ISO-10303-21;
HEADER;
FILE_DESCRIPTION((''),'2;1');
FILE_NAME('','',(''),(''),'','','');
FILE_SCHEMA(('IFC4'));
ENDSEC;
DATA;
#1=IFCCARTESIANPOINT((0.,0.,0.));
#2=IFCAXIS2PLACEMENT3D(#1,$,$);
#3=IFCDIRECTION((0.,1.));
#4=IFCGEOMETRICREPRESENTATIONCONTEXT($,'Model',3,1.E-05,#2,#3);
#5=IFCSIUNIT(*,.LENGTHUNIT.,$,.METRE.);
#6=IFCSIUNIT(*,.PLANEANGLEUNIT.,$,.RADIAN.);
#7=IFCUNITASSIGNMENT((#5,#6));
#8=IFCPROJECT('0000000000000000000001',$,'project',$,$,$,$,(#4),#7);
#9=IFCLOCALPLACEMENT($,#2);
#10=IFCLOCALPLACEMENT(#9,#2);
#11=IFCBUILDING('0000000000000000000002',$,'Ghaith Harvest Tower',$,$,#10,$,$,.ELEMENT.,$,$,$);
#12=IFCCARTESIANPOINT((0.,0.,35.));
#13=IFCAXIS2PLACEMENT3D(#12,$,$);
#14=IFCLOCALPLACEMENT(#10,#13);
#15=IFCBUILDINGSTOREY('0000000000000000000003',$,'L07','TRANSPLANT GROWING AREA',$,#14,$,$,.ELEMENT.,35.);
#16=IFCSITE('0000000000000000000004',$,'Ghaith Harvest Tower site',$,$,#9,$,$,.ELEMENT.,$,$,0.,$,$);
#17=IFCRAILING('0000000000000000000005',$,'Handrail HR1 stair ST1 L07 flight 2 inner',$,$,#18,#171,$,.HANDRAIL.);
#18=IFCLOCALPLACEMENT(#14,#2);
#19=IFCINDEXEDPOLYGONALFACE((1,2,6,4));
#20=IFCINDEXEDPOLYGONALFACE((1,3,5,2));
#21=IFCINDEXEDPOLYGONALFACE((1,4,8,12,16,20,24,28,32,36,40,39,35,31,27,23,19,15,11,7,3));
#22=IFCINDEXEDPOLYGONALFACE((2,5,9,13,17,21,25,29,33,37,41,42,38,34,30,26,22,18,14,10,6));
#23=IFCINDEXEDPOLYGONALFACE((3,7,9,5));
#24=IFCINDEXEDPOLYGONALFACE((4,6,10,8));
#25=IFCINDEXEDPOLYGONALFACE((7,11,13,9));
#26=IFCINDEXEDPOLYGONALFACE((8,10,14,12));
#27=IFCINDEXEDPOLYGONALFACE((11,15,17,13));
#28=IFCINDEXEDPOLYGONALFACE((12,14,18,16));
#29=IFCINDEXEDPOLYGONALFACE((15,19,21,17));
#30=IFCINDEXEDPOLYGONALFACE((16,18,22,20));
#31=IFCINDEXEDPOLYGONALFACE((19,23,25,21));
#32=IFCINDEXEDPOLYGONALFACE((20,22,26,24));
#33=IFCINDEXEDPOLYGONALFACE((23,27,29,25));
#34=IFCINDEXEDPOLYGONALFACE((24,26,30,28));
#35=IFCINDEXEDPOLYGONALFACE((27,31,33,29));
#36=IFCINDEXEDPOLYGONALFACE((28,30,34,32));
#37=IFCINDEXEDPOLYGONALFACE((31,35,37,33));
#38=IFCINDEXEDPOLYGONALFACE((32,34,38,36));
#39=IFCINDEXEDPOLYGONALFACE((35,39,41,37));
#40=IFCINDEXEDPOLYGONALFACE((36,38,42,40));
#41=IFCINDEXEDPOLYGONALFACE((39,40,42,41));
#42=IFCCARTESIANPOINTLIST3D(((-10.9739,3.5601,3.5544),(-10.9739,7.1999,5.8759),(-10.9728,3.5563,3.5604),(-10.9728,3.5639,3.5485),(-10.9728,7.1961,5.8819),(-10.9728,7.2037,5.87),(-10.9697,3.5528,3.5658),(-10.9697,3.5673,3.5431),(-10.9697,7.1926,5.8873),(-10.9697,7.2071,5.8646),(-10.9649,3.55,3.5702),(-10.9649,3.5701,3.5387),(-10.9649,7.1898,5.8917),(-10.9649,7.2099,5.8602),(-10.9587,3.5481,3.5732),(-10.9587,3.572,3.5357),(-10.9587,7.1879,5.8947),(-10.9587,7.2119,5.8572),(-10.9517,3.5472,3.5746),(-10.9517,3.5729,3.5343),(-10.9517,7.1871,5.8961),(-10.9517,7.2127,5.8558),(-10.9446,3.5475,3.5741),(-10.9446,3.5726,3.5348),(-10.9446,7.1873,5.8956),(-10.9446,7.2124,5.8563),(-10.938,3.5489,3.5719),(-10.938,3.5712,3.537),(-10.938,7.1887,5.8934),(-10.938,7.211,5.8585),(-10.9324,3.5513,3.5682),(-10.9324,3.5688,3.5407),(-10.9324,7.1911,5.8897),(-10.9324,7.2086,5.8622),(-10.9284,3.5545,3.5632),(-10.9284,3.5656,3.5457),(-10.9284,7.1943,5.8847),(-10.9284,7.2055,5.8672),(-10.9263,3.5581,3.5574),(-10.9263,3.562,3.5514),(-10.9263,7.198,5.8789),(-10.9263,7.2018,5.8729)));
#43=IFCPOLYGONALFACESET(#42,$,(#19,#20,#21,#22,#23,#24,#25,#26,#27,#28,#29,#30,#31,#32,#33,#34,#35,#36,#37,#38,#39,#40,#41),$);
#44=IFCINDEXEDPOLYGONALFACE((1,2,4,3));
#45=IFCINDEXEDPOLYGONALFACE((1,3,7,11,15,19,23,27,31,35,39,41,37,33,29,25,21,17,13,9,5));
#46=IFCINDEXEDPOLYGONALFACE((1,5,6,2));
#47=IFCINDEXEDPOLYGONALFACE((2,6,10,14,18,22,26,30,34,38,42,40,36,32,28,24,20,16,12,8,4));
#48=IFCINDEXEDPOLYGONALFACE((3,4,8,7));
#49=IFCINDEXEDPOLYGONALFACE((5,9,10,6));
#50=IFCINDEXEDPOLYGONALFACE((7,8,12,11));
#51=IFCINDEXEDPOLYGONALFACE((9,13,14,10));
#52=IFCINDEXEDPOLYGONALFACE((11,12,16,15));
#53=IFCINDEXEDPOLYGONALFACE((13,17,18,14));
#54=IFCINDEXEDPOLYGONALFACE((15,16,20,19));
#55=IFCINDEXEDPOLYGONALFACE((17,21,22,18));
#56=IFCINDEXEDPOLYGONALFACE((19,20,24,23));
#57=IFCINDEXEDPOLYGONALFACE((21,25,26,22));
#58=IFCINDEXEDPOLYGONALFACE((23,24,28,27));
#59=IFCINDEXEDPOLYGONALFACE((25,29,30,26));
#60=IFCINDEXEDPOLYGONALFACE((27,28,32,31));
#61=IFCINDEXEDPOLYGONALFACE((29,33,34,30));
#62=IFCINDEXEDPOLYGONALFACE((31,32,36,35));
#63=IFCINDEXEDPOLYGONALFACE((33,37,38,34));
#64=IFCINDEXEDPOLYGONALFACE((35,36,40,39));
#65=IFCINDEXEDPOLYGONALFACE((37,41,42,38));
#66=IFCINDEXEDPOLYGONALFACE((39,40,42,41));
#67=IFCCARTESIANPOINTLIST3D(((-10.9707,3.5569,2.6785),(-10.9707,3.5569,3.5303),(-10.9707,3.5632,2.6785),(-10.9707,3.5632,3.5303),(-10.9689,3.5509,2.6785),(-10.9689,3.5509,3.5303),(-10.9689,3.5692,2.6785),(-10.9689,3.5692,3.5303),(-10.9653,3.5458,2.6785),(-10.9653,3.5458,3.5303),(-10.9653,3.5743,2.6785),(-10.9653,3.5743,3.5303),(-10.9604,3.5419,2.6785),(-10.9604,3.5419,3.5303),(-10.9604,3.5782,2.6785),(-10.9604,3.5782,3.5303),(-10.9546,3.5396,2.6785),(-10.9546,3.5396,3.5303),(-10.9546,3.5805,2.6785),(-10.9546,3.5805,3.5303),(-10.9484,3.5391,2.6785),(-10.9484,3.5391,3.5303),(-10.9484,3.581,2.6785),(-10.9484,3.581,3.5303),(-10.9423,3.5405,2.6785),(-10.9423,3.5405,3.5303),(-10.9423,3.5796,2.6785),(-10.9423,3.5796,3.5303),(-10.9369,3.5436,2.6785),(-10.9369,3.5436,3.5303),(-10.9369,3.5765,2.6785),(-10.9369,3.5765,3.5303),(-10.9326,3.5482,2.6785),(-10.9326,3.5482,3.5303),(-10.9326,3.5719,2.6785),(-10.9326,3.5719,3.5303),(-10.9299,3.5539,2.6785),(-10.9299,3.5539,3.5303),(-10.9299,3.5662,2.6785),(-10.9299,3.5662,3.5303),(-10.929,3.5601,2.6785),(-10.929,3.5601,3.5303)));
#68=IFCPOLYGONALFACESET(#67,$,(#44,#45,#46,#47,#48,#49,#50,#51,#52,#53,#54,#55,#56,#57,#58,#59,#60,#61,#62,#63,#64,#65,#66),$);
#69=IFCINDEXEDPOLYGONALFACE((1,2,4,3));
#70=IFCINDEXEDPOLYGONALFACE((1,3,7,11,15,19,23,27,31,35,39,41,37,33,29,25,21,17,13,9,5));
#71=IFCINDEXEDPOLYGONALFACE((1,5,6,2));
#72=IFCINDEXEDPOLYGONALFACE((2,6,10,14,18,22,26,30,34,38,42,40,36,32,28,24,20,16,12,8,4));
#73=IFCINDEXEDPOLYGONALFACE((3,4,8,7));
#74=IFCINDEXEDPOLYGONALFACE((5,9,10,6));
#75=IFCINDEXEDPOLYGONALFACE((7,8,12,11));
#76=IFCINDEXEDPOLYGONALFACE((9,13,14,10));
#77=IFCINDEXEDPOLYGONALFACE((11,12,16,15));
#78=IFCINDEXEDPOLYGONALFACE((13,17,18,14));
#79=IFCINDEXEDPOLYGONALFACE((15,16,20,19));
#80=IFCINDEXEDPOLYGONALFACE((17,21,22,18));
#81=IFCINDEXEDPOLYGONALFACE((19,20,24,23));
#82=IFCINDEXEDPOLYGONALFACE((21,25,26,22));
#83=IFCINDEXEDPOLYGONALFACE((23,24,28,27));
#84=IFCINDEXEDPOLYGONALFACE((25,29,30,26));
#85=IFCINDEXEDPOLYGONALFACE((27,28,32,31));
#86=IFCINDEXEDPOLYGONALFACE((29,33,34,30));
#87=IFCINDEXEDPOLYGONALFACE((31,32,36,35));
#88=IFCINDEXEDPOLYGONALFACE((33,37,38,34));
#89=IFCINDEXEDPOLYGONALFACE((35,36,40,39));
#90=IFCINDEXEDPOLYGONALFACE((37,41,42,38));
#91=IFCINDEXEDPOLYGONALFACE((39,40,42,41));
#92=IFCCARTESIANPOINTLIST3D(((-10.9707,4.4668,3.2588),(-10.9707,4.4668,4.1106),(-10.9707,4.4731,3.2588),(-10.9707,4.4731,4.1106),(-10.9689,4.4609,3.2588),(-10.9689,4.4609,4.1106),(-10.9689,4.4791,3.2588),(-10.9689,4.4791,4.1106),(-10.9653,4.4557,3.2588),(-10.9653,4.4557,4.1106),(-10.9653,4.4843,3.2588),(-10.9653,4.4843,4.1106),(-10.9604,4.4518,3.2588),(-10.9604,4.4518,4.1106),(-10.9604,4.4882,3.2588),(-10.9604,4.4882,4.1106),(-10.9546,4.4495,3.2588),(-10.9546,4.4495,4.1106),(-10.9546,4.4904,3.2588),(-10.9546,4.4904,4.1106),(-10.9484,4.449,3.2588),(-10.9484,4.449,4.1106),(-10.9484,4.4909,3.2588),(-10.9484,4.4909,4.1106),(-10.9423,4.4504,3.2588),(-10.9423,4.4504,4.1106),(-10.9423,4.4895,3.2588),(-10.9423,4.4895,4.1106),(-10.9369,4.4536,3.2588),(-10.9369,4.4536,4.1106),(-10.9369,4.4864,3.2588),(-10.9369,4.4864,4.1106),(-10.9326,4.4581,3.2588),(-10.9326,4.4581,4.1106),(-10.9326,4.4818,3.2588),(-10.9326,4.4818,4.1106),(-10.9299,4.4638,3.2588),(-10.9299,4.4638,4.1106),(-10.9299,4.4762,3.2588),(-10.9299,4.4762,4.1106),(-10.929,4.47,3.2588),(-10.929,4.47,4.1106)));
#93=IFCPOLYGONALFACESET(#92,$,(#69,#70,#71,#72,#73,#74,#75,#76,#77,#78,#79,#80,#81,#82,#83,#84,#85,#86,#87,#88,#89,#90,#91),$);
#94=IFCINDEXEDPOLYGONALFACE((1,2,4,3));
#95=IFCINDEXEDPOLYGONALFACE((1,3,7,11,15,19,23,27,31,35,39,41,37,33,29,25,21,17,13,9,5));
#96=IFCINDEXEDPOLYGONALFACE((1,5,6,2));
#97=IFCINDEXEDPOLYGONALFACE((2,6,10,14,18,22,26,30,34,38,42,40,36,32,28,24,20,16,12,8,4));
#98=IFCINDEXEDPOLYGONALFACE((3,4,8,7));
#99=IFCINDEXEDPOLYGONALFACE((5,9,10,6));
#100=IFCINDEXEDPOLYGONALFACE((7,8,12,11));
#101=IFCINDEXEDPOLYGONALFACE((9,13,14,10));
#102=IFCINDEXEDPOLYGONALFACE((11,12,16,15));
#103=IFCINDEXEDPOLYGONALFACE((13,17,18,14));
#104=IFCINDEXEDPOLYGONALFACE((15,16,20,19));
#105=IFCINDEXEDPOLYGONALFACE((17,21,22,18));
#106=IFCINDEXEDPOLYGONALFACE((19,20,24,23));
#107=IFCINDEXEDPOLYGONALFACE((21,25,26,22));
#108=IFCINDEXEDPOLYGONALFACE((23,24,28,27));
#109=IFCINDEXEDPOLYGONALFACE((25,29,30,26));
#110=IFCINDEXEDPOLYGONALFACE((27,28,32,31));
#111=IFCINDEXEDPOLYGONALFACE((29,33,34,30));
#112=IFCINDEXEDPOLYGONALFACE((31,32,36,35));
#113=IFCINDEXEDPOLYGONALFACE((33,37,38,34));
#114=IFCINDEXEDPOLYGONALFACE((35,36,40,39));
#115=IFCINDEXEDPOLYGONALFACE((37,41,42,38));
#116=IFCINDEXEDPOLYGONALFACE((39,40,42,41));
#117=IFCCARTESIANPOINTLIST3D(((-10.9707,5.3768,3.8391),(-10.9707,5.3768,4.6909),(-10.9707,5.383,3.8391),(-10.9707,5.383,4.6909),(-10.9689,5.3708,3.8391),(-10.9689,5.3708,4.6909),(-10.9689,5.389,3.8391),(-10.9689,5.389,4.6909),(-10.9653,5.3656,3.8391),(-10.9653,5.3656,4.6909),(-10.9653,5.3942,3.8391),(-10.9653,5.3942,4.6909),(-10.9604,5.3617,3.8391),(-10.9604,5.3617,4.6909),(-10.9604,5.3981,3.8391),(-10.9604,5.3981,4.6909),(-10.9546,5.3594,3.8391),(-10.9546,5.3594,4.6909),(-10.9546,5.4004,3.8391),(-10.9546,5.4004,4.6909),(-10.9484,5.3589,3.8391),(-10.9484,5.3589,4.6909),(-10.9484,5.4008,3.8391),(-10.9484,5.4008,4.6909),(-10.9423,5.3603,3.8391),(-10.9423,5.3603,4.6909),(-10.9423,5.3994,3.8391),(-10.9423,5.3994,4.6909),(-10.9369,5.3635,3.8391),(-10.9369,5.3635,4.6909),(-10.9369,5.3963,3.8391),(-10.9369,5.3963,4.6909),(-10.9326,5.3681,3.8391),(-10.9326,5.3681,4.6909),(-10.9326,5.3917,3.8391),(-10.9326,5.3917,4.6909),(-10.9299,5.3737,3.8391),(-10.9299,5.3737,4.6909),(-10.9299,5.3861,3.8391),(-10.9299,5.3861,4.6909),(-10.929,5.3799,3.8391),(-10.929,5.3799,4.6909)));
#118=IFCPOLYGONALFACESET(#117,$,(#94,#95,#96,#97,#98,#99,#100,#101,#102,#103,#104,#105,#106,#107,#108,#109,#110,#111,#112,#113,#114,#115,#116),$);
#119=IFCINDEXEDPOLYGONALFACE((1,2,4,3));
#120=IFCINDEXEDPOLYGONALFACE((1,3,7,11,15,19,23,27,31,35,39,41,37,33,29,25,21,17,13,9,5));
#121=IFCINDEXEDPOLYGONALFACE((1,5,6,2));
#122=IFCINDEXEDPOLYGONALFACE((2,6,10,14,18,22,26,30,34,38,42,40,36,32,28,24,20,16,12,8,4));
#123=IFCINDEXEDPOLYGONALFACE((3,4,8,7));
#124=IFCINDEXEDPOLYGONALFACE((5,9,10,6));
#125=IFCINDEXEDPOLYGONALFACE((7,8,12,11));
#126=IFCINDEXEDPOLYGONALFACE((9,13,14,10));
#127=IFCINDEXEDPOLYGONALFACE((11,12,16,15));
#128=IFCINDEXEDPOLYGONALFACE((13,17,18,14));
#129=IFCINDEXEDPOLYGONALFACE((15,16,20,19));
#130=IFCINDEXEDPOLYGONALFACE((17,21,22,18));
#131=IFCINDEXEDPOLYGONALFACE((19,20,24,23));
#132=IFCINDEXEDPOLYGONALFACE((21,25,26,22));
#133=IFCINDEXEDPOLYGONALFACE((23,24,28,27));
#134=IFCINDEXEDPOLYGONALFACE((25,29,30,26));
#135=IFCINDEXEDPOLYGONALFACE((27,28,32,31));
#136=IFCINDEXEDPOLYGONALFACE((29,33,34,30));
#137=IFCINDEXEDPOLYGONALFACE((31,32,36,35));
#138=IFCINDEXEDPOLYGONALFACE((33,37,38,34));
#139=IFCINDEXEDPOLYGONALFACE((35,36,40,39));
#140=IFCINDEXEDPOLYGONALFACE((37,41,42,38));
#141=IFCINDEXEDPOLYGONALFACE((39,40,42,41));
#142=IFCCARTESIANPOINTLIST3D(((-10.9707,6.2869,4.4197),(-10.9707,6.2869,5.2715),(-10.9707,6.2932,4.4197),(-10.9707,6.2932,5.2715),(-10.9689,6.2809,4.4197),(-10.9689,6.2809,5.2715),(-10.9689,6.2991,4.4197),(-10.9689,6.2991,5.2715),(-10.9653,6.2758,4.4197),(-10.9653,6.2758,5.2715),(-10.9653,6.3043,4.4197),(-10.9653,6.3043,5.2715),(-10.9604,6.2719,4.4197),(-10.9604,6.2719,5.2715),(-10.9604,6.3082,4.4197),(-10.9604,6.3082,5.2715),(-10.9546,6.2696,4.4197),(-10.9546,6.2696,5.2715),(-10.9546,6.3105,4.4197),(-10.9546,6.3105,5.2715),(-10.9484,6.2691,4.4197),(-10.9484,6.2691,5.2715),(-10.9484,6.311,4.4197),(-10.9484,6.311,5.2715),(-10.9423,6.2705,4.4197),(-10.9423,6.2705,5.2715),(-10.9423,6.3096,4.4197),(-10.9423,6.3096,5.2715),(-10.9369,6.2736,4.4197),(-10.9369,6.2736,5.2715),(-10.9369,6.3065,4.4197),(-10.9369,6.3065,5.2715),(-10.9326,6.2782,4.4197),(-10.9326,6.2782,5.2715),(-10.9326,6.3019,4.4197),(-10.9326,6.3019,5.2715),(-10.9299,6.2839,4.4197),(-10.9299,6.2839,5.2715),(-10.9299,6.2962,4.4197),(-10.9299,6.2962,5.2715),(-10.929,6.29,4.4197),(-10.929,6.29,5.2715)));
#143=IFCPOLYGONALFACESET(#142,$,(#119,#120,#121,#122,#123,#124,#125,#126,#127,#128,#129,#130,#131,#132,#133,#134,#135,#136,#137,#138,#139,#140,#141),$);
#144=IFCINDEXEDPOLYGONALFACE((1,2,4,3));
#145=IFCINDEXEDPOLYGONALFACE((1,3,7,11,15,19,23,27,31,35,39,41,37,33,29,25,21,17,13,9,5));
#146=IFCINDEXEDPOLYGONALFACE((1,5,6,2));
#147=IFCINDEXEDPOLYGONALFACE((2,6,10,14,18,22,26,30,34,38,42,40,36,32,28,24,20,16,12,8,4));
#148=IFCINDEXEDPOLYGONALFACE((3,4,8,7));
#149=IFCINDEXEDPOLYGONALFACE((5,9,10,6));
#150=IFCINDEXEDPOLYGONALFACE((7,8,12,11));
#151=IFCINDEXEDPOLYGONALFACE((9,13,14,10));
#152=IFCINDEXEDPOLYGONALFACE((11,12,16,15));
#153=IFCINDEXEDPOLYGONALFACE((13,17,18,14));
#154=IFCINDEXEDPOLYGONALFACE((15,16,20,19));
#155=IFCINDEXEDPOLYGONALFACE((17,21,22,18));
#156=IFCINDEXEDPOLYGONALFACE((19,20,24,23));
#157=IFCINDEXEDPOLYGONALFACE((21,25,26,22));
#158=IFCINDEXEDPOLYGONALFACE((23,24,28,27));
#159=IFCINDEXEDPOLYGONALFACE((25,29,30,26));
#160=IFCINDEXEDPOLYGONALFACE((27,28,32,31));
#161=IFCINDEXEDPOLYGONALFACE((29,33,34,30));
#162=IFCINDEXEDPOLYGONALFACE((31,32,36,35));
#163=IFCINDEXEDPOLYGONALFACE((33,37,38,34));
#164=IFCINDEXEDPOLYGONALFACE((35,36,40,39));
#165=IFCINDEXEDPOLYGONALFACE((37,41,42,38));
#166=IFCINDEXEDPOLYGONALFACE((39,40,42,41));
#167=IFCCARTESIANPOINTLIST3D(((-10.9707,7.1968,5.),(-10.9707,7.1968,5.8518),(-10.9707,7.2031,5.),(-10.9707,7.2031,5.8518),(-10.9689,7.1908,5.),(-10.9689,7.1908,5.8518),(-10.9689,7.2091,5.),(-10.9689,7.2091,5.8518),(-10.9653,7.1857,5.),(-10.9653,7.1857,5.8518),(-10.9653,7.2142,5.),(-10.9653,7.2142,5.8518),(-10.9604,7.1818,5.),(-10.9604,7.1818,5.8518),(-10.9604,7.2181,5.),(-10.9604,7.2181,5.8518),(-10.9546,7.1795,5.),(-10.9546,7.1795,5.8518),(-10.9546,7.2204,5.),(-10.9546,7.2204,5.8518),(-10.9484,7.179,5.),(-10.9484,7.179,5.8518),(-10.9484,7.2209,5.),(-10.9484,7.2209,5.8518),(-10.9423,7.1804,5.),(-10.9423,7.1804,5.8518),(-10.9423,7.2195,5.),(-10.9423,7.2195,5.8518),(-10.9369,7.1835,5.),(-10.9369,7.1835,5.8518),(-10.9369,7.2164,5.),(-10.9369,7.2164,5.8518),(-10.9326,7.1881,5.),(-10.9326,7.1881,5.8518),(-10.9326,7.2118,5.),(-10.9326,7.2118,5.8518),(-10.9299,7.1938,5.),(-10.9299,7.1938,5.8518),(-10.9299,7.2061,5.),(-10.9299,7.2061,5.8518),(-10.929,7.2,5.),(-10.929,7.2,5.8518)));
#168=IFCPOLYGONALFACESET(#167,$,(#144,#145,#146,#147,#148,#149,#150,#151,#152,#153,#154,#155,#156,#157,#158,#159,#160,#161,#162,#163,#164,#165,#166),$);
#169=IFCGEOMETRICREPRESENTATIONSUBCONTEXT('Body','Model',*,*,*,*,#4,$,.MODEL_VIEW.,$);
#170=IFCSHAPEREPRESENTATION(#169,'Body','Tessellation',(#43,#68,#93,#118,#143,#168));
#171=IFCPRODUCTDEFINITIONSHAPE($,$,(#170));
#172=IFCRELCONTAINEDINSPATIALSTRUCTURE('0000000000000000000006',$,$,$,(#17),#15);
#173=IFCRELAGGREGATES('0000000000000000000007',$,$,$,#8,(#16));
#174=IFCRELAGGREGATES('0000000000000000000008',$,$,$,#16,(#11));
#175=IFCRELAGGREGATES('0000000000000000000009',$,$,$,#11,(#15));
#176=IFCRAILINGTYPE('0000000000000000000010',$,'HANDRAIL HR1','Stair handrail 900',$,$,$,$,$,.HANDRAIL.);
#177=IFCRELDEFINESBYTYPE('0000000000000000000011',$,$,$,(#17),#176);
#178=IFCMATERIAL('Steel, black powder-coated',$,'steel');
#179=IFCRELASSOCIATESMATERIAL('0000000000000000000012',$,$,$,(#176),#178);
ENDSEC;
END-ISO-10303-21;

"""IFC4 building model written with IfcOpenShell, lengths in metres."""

from ifc_helpers import new_model, si_unit, direction, frame, origin, origin_2d, place, context, subcontext, project, spatial, circle, extrude, material, type_object, element, save


model = new_model("IFC4")

# Units and contexts
model_context = context("Model", 3, precision=1e-05, world=origin(), true_north=direction((0.0, 1.0)))
body_context = subcontext(model_context, "Body", "Model", "MODEL_VIEW")
ifc_project = project(units=[si_unit("LENGTHUNIT", "METRE"), si_unit("PLANEANGLEUNIT", "RADIAN")], contexts=[model_context])

# Site, building, storey
site_placement = place(None, origin())
site = spatial("IfcSite", under=ifc_project, at=site_placement, Name="Ghaith Harvest Tower site", CompositionType="ELEMENT", RefElevation=0.0)
building_placement = place(site_placement, origin())
building = spatial("IfcBuilding", under=site, at=building_placement, Name="Ghaith Harvest Tower", CompositionType="ELEMENT")
storey_placement = place(building_placement, frame((0.0, 0.0, 35.0)))
storey = spatial("IfcBuildingStorey", under=building, at=storey_placement, Name="L07", Description="TRANSPLANT GROWING AREA", CompositionType="ELEMENT", Elevation=35.0)

# Railing
ifc_material_1 = material(Name="Steel, black powder-coated", Category="steel")
railing_type = type_object("IfcRailingType", Name="HANDRAIL HR1", Description="Stair handrail 900", PredefinedType="HANDRAIL", material=ifc_material_1)
railing_1_placement = place(storey_placement, frame((-10.95, 3.5601, 2.6785)))
element("IfcRailing", 1, at=railing_1_placement, inside=storey, type_object=railing_type, Name="Handrail HR1 stair ST1 L07 flight 2 inner", PredefinedType="HANDRAIL", context=body_context, shape_type="SweptSolid", body=[
    extrude(circle(Radius=0.0239, at=origin_2d()), frame((0.0, 0.0, 0.876), z_axis=(0.0, 0.843112, 0.537739), x_axis=(-1.0, 0.0, 0.0)), (0.0, 0.0, 1.0), 4.3171),
    extrude(circle(Radius=0.021, at=origin_2d()), origin(), (0.0, 0.0, 1.0), 0.8518),
    extrude(circle(Radius=0.021, at=origin_2d()), frame((0.0, 0.9099, 0.5803)), (0.0, 0.0, 1.0), 0.8518),
    extrude(circle(Radius=0.021, at=origin_2d()), frame((0.0, 1.8198, 1.1606)), (0.0, 0.0, 1.0), 0.8518),
    extrude(circle(Radius=0.021, at=origin_2d()), frame((0.0, 2.73, 1.7412)), (0.0, 0.0, 1.0), 0.8518),
    extrude(circle(Radius=0.021, at=origin_2d()), frame((0.0, 3.6399, 2.3215)), (0.0, 0.0, 1.0), 0.8518),
])

save(model, "model.ifc")
